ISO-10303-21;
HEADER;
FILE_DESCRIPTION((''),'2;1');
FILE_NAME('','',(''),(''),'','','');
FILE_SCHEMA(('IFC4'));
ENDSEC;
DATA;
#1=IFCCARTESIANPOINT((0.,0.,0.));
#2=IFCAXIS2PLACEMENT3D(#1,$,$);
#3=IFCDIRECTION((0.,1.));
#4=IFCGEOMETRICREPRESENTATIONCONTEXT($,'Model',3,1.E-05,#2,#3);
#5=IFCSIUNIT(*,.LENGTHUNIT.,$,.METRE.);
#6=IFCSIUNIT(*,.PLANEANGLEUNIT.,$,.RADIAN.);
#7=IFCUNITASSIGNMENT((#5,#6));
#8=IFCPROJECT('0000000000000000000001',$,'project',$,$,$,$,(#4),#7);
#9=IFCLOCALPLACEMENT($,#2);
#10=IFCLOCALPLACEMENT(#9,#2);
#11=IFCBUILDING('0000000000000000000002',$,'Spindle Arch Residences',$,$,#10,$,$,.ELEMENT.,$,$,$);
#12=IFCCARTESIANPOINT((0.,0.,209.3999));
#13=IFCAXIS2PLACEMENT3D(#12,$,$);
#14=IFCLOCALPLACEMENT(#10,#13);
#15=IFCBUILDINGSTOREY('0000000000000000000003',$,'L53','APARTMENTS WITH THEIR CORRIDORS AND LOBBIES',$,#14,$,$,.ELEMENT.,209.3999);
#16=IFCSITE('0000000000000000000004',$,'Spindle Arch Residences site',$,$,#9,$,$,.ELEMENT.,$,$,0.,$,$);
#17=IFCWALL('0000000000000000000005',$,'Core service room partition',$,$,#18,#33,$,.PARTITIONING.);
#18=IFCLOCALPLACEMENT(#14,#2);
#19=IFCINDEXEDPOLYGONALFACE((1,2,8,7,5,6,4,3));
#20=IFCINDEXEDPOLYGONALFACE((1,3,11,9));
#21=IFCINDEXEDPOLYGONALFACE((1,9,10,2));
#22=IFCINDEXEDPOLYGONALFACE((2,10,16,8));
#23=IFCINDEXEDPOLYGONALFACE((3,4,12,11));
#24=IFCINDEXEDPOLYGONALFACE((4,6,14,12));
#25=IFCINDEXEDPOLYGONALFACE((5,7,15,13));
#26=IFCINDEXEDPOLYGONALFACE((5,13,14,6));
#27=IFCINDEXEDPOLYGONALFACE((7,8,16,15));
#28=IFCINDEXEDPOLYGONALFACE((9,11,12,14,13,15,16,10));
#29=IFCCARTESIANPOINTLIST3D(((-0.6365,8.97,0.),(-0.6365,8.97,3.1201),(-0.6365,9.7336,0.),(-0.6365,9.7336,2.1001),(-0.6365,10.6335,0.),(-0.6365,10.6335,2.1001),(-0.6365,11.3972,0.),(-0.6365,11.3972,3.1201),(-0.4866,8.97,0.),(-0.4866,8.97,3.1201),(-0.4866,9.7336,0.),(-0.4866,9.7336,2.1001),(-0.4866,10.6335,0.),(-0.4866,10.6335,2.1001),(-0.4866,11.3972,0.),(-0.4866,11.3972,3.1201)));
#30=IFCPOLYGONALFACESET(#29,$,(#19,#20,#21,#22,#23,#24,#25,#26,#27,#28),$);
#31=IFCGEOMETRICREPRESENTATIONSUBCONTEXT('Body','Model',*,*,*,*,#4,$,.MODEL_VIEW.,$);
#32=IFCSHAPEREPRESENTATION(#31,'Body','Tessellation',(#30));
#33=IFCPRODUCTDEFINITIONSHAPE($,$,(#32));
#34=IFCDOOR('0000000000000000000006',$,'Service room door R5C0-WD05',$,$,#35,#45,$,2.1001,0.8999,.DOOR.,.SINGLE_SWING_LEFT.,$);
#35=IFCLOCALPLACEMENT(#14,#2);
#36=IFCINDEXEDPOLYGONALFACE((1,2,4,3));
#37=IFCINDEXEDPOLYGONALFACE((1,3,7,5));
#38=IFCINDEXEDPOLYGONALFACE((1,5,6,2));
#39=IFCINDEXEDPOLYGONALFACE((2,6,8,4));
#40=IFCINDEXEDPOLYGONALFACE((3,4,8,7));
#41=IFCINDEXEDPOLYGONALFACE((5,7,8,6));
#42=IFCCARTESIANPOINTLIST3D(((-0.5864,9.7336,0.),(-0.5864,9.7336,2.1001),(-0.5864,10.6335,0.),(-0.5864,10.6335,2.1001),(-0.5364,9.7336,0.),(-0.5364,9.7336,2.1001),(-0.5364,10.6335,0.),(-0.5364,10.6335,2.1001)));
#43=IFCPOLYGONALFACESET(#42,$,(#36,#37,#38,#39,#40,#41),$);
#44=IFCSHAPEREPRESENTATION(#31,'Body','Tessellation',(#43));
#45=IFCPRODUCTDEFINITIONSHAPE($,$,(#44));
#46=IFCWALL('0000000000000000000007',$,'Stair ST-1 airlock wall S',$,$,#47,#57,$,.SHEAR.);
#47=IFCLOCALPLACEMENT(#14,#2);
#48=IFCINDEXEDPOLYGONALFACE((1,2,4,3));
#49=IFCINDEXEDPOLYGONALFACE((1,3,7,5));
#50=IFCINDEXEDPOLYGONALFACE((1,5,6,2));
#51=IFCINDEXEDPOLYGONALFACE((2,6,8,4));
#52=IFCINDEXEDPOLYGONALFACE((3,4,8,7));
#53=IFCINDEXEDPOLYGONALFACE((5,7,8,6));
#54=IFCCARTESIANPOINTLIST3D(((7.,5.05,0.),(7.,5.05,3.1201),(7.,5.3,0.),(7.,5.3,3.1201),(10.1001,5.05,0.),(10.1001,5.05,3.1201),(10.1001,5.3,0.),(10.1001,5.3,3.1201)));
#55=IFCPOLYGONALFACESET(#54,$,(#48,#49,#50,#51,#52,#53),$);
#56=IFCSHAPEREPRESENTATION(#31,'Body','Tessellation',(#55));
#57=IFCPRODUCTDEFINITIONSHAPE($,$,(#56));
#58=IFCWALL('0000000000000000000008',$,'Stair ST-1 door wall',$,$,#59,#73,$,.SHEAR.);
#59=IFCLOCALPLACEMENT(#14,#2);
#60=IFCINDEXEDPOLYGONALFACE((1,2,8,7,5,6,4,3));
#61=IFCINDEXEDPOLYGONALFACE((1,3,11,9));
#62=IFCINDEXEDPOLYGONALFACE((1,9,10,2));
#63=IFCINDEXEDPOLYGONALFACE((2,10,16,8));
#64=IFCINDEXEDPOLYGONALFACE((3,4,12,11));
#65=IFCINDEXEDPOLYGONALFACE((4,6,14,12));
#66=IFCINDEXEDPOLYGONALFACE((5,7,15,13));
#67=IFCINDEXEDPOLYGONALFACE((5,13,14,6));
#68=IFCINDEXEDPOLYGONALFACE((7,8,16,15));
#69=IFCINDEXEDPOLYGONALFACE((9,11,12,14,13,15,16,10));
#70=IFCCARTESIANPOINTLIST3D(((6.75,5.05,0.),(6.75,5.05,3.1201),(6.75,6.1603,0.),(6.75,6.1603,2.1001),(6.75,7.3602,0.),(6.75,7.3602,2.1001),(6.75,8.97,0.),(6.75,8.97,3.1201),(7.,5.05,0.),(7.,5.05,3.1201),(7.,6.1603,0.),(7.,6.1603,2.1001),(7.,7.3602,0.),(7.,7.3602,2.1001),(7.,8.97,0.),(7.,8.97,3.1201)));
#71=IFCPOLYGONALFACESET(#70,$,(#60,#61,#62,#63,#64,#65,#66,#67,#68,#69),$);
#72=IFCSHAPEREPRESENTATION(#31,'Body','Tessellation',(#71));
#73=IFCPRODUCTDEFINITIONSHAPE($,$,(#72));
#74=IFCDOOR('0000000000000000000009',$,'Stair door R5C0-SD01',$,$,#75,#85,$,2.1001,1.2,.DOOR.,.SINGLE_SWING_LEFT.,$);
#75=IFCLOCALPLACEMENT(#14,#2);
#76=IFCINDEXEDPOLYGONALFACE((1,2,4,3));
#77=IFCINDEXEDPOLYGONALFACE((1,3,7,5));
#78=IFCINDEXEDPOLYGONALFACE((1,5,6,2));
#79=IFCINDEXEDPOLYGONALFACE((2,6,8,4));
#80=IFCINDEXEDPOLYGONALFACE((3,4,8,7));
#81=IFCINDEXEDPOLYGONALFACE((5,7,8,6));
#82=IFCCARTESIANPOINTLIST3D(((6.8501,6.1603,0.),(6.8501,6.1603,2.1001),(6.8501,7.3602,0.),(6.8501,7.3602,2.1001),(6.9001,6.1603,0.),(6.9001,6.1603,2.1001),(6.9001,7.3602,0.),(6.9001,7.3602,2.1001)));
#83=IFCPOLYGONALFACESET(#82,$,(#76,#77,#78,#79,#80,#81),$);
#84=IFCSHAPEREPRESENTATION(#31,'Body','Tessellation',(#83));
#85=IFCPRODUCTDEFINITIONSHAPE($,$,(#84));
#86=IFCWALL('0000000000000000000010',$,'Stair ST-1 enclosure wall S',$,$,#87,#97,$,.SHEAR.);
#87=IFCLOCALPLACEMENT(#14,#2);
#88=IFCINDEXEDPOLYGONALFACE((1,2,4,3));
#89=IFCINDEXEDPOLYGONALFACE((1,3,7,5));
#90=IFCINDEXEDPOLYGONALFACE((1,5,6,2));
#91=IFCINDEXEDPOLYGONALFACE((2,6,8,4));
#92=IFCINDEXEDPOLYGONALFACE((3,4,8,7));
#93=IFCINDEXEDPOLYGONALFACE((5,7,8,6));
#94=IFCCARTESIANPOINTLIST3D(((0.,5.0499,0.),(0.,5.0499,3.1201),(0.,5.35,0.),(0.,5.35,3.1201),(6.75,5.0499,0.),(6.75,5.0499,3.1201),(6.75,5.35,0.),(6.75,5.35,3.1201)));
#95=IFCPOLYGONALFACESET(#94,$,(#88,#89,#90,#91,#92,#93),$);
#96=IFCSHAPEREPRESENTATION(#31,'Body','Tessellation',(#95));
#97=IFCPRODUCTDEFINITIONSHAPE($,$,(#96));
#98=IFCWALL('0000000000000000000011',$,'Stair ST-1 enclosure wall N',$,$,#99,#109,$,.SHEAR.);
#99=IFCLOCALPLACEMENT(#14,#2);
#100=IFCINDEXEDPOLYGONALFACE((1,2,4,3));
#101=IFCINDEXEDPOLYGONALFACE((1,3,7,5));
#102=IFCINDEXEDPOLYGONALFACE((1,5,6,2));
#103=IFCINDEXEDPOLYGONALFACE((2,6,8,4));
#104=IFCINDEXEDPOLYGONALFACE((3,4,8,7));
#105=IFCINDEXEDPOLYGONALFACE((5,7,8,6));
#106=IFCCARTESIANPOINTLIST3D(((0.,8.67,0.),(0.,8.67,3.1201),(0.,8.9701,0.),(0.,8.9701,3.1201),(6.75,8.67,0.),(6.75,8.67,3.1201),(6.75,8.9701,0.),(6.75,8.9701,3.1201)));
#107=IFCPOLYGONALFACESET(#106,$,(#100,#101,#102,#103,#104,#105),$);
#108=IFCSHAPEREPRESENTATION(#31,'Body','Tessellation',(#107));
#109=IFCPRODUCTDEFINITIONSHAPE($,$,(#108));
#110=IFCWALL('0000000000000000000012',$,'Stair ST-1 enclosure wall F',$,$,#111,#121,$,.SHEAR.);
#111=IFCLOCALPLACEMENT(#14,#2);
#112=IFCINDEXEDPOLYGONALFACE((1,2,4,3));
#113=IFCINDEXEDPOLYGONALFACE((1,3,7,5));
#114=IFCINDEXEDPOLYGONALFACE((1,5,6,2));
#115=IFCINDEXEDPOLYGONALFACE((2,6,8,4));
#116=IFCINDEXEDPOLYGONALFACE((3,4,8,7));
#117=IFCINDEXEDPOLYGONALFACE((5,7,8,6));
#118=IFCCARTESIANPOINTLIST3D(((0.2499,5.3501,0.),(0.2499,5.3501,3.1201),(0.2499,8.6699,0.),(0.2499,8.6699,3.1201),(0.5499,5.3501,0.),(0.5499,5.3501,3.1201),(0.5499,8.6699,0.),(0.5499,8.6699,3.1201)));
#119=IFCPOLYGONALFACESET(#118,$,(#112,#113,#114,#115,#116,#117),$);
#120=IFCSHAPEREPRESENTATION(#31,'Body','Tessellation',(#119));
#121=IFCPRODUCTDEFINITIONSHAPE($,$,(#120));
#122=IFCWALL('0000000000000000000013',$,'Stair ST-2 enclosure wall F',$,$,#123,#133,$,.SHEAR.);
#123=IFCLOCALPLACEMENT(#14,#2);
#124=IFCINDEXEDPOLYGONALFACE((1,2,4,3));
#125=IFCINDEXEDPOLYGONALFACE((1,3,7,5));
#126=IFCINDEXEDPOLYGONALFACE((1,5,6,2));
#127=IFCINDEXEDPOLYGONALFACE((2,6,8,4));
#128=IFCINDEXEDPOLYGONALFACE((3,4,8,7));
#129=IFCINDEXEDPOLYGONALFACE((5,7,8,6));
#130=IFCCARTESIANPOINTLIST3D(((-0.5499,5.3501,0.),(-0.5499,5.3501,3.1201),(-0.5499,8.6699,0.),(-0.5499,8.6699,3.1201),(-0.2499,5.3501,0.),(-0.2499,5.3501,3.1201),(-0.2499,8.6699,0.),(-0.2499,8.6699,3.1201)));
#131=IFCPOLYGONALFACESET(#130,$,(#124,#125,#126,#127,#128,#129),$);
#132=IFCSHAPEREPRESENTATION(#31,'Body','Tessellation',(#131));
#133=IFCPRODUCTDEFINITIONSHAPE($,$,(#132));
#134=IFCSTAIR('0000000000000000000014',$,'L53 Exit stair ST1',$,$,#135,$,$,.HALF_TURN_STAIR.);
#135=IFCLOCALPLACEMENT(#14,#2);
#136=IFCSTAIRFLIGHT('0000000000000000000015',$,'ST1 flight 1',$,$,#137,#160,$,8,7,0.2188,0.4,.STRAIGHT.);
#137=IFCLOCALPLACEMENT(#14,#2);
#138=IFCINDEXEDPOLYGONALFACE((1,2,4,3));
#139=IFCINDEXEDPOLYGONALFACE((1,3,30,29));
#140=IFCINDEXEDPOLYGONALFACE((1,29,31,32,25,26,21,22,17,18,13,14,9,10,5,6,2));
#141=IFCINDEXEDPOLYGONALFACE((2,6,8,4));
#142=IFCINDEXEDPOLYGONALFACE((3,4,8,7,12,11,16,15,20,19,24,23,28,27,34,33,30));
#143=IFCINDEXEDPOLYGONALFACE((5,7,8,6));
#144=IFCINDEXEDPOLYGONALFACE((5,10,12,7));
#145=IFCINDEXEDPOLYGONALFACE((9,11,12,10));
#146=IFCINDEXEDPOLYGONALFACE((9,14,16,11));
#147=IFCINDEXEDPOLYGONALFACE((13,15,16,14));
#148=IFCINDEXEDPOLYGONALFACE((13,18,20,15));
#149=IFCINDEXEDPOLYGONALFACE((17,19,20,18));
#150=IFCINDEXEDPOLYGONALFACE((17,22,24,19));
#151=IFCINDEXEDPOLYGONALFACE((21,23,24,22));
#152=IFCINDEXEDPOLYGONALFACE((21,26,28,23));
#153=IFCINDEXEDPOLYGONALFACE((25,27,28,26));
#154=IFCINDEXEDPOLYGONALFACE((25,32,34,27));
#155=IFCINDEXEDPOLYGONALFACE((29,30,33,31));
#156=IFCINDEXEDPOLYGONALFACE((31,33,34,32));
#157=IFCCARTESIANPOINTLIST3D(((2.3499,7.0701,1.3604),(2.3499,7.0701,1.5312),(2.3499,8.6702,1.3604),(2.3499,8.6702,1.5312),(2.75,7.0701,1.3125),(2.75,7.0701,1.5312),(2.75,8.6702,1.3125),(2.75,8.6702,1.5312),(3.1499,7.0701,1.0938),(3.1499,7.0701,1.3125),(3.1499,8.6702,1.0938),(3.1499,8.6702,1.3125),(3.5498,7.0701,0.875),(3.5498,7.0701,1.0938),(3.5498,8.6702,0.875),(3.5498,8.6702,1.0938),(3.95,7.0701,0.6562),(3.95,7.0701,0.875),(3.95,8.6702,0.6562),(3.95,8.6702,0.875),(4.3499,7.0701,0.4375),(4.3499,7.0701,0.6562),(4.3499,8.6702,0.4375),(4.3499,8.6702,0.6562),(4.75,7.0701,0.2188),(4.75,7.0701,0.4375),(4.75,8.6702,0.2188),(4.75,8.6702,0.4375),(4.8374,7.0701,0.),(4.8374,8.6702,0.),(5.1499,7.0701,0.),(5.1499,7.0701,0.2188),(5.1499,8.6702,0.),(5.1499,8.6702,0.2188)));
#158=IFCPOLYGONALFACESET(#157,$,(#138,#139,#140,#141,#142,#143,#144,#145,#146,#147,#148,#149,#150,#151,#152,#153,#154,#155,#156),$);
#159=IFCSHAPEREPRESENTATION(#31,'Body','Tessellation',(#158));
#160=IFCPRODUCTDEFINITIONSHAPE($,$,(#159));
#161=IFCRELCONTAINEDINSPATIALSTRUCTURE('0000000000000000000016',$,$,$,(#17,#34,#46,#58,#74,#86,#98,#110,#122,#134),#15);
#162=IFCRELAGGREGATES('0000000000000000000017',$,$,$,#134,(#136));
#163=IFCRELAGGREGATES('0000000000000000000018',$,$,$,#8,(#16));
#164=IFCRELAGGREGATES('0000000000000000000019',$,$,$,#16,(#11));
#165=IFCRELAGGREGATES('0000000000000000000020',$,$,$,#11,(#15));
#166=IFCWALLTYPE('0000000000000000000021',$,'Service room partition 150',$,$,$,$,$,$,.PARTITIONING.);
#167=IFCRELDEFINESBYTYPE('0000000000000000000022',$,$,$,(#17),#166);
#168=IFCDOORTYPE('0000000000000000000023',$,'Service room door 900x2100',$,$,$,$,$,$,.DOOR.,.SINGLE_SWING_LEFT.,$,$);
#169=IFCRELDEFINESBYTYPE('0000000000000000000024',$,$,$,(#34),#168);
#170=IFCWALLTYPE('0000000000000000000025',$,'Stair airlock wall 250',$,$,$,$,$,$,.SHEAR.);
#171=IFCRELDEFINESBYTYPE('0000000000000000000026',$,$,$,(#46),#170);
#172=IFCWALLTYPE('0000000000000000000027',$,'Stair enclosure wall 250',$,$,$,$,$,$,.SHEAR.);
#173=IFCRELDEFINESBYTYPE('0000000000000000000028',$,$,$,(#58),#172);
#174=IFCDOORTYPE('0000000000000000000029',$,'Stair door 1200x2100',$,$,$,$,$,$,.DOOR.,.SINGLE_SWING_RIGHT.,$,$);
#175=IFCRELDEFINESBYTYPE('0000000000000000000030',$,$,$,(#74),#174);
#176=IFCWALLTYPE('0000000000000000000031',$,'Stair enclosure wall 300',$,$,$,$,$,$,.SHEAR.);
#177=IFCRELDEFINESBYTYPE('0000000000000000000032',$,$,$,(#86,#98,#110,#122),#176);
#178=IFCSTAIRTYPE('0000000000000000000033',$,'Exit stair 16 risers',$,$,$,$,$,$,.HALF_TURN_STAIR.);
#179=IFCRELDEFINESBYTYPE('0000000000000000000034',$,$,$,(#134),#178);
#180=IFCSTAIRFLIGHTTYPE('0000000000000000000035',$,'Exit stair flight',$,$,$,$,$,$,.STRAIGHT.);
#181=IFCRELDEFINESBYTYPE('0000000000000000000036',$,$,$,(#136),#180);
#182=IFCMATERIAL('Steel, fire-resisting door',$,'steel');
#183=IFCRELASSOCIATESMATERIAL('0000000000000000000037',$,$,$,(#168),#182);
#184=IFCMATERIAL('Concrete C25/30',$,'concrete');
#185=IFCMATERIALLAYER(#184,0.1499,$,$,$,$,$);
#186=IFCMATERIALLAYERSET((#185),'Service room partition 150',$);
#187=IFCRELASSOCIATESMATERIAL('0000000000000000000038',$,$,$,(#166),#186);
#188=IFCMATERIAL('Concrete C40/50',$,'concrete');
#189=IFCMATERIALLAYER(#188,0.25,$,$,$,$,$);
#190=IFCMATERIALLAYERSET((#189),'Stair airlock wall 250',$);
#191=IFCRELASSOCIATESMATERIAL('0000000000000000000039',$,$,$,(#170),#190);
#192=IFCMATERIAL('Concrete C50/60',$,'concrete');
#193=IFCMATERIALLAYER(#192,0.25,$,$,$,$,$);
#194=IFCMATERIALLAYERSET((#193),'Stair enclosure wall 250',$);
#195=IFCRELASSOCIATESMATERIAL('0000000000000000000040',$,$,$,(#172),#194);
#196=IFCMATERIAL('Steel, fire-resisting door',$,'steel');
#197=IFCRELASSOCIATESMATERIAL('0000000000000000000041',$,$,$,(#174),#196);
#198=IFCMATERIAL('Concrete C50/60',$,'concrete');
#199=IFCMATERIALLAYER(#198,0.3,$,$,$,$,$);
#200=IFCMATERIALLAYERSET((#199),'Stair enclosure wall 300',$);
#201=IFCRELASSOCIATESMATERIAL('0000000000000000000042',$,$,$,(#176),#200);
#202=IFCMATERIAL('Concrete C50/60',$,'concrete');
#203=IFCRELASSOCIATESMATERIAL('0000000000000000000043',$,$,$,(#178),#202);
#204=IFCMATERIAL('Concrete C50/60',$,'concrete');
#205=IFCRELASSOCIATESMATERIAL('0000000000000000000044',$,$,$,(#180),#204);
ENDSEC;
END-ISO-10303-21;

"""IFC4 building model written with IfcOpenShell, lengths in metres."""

from ifc_helpers import new_model, si_unit, direction, frame, frame_2d, origin, place, context, subcontext, project, spatial, polyline, rectangle, outline, extrude, material, layer, layer_set, type_object, element, fill, aggregate, save


model = new_model("IFC4")

# Units and contexts
model_context = context("Model", 3, precision=1e-05, world=origin(), true_north=direction((0.0, 1.0)))
body_context = subcontext(model_context, "Body", "Model", "MODEL_VIEW")
ifc_project = project(units=[si_unit("LENGTHUNIT", "METRE"), si_unit("PLANEANGLEUNIT", "RADIAN")], contexts=[model_context])

# Site, building, storey
site_placement = place(None, origin())
site = spatial("IfcSite", under=ifc_project, at=site_placement, Name="Spindle Arch Residences site", CompositionType="ELEMENT", RefElevation=0.0)
building_placement = place(site_placement, origin())
building = spatial("IfcBuilding", under=site, at=building_placement, Name="Spindle Arch Residences", CompositionType="ELEMENT")
storey_placement = place(building_placement, frame((0.0, 0.0, 209.3999)))
storey = spatial("IfcBuildingStorey", under=building, at=storey_placement, Name="L53", Description="APARTMENTS WITH THEIR CORRIDORS AND LOBBIES", CompositionType="ELEMENT", Elevation=209.3999)

# Shared definitions
ifc_material_1 = material(Name="Steel, fire-resisting door", Category="steel")
door_type_1 = type_object("IfcDoorType", Name="Service room door 900x2100", OperationType="SINGLE_SWING_LEFT", PredefinedType="DOOR", material=ifc_material_1)

# Wall, opening, door
ifc_material_2 = material(Name="Concrete C25/30", Category="concrete")
ifc_layer_1 = layer(ifc_material_2, 0.1499)
ifc_layer_set_1 = layer_set([ifc_layer_1], Name="Service room partition 150")
wall_type_1 = type_object("IfcWallType", Name="Service room partition 150", PredefinedType="PARTITIONING", material=ifc_layer_set_1)
wall_1_placement = place(storey_placement, frame((-0.5615, 8.97, 0.0), z_axis=(0.0, 0.0, 1.0), x_axis=(0.0, 1.0, 0.0)))
wall_1 = element("IfcWall", 1, at=wall_1_placement, inside=storey, type_object=wall_type_1, Name="Core service room partition", PredefinedType="PARTITIONING", context=body_context, shape_type="SweptSolid", body=[
    extrude(rectangle(XDim=2.4272, YDim=0.1499, at=frame_2d((1.2136, 0.0))), origin(), (0.0, 0.0, 1.0), 3.1201),
])
opening_1_placement = place(wall_1_placement, frame((0.7637, 0.0, 0.0)))
opening_1 = element("IfcOpeningElement", 2, at=opening_1_placement, cuts=wall_1, PredefinedType="OPENING", context=body_context, shape_type="SweptSolid", body=[
    extrude(rectangle(XDim=0.8999, YDim=2.1001, at=frame_2d((0.45, 1.05))), frame((0.0, 0.085, 0.0), z_axis=(0.0, -1.0, 0.0), x_axis=(1.0, 0.0, 0.0)), (0.0, 0.0, 1.0), 0.1699),
])
door_1_placement = place(opening_1_placement, origin())
door_1 = element("IfcDoor", 3, at=door_1_placement, inside=storey, type_object=door_type_1, Name="Service room door R5C0-WD05", OperationType="SINGLE_SWING_LEFT", OverallHeight=2.1001, OverallWidth=0.8999, PredefinedType="DOOR", context=body_context, shape_type="SweptSolid", body=[
    extrude(rectangle(XDim=0.8999, YDim=2.1001, at=frame_2d((0.45, 1.05))), frame((0.0, 0.0249, 0.0), z_axis=(0.0, -1.0, 0.0), x_axis=(1.0, 0.0, 0.0)), (0.0, 0.0, 1.0), 0.05),
])
fill(opening_1, door_1)

# Wall
ifc_material_3 = material(Name="Concrete C40/50", Category="concrete")
ifc_layer_2 = layer(ifc_material_3, 0.25)
ifc_layer_set_2 = layer_set([ifc_layer_2], Name="Stair airlock wall 250")
wall_type_2 = type_object("IfcWallType", Name="Stair airlock wall 250", PredefinedType="SHEAR", material=ifc_layer_set_2)
wall_2_placement = place(storey_placement, frame((7.0, 5.175, 0.0), z_axis=(0.0, 0.0, 1.0), x_axis=(1.0, 0.0, 0.0)))
element("IfcWall", 4, at=wall_2_placement, inside=storey, type_object=wall_type_2, Name="Stair ST-1 airlock wall S", PredefinedType="SHEAR", context=body_context, shape_type="SweptSolid", body=[
    extrude(rectangle(XDim=3.1001, YDim=0.25, at=frame_2d((1.55, 0.0))), origin(), (0.0, 0.0, 1.0), 3.1201),
])

# Wall, opening, door
ifc_material_4 = material(Name="Concrete C50/60", Category="concrete")
ifc_layer_3 = layer(ifc_material_4, 0.25)
ifc_layer_set_3 = layer_set([ifc_layer_3], Name="Stair enclosure wall 250")
wall_type_3 = type_object("IfcWallType", Name="Stair enclosure wall 250", PredefinedType="SHEAR", material=ifc_layer_set_3)
wall_3_placement = place(storey_placement, frame((6.875, 5.05, 0.0), z_axis=(0.0, 0.0, 1.0), x_axis=(0.0, 1.0, 0.0)))
wall_3 = element("IfcWall", 5, at=wall_3_placement, inside=storey, type_object=wall_type_3, Name="Stair ST-1 door wall", PredefinedType="SHEAR", context=body_context, shape_type="SweptSolid", body=[
    extrude(rectangle(XDim=3.9199, YDim=0.25, at=frame_2d((1.96, 0.0))), origin(), (0.0, 0.0, 1.0), 3.1201),
])
opening_2_placement = place(wall_3_placement, frame((1.1101, 0.0, 0.0)))
opening_2 = element("IfcOpeningElement", 6, at=opening_2_placement, cuts=wall_3, PredefinedType="OPENING", context=body_context, shape_type="SweptSolid", body=[
    extrude(rectangle(XDim=1.2, YDim=2.1001, at=frame_2d((0.6001, 1.05))), frame((0.0, 0.135, 0.0), z_axis=(0.0, -1.0, 0.0), x_axis=(1.0, 0.0, 0.0)), (0.0, 0.0, 1.0), 0.27),
])
ifc_material_5 = material(Name="Steel, fire-resisting door", Category="steel")
door_type_2 = type_object("IfcDoorType", Name="Stair door 1200x2100", OperationType="SINGLE_SWING_RIGHT", PredefinedType="DOOR", material=ifc_material_5)
door_2_placement = place(opening_2_placement, origin())
door_2 = element("IfcDoor", 7, at=door_2_placement, inside=storey, type_object=door_type_2, Name="Stair door R5C0-SD01", OperationType="SINGLE_SWING_LEFT", OverallHeight=2.1001, OverallWidth=1.2, PredefinedType="DOOR", context=body_context, shape_type="SweptSolid", body=[
    extrude(rectangle(XDim=1.2, YDim=2.1001, at=frame_2d((0.6001, 1.05))), frame((0.0, 0.0249, 0.0), z_axis=(0.0, -1.0, 0.0), x_axis=(1.0, 0.0, 0.0)), (0.0, 0.0, 1.0), 0.05),
])
fill(opening_2, door_2)

# Walls
ifc_material_6 = material(Name="Concrete C50/60", Category="concrete")
ifc_layer_4 = layer(ifc_material_6, 0.3)
ifc_layer_set_4 = layer_set([ifc_layer_4], Name="Stair enclosure wall 300")
wall_type_4 = type_object("IfcWallType", Name="Stair enclosure wall 300", PredefinedType="SHEAR", material=ifc_layer_set_4)
for number, where, z_axis, x_axis, name in (
    (8, (0.0, 5.2, 0.0), (0.0, 0.0, 1.0), (1.0, 0.0, 0.0), "Stair ST-1 enclosure wall S"),
    (9, (0.0, 8.8201, 0.0), (0.0, 0.0, 1.0), (1.0, 0.0, 0.0), "Stair ST-1 enclosure wall N"),
):
    element("IfcWall", number, at=place(storey_placement, frame(where, z_axis=z_axis, x_axis=x_axis)), inside=storey, type_object=wall_type_4, Name=name, PredefinedType="SHEAR", context=body_context, shape_type="SweptSolid", body=[
        extrude(rectangle(XDim=6.75, YDim=0.3, at=frame_2d((3.375, 0.0))), origin(), (0.0, 0.0, 1.0), 3.1201),
    ])
for number, where, z_axis, x_axis, name in (
    (10, (0.3999, 5.3501, 0.0), (0.0, 0.0, 1.0), (0.0, 1.0, 0.0), "Stair ST-1 enclosure wall F"),
    (11, (-0.3999, 5.3501, 0.0), (0.0, 0.0, 1.0), (0.0, 1.0, 0.0), "Stair ST-2 enclosure wall F"),
):
    element("IfcWall", number, at=place(storey_placement, frame(where, z_axis=z_axis, x_axis=x_axis)), inside=storey, type_object=wall_type_4, Name=name, PredefinedType="SHEAR", context=body_context, shape_type="SweptSolid", body=[
        extrude(rectangle(XDim=3.3198, YDim=0.3, at=frame_2d((1.6599, 0.0))), origin(), (0.0, 0.0, 1.0), 3.1201),
    ])

# Stair, stair flight
ifc_material_7 = material(Name="Concrete C50/60", Category="concrete")
stair_type = type_object("IfcStairType", Name="Exit stair 16 risers", PredefinedType="HALF_TURN_STAIR", material=ifc_material_7)
stair_1_placement = place(storey_placement, origin())
stair_1 = element("IfcStair", 12, at=stair_1_placement, inside=storey, type_object=stair_type, Name="L53 Exit stair ST1", PredefinedType="HALF_TURN_STAIR")
ifc_material_8 = material(Name="Concrete C50/60", Category="concrete")
stair_flight_type = type_object("IfcStairFlightType", Name="Exit stair flight", PredefinedType="STRAIGHT", material=ifc_material_8)
stair_flight_1_placement = place(storey_placement, frame((5.1499, 7.8701, 0.0), z_axis=(0.0, 0.0, 1.0), x_axis=(-1.0, 0.0, 0.0)))
stair_flight_1 = element("IfcStairFlight", 13, at=stair_flight_1_placement, type_object=stair_flight_type, Name="ST1 flight 1", NumberOfRisers=8, NumberOfTreads=7, PredefinedType="STRAIGHT", RiserHeight=0.2188, TreadLength=0.4, context=body_context, shape_type="SweptSolid", body=[
    extrude(outline(polyline([(0.0, 0.0), (0.0, 0.2188), (0.3999, 0.2188), (0.3999, 0.4375), (0.8, 0.4375), (0.8, 0.6562), (1.2, 0.6562), (1.2, 0.875), (1.6001, 0.875), (1.6001, 1.0938), (2.0, 1.0938), (2.0, 1.3125), (2.3999, 1.3125), (2.3999, 1.5312), (2.8, 1.5312), (2.8, 1.75), (2.8, 1.3604), (0.3125, 0.0), (0.0, 0.0)])), frame((0.0, 0.8, 0.0), z_axis=(0.0, -1.0, 0.0), x_axis=(1.0, 0.0, 0.0)), (0.0, 0.0, 1.0), 1.6001),
])
aggregate(stair_1, [stair_flight_1])

save(model, "model.ifc")
